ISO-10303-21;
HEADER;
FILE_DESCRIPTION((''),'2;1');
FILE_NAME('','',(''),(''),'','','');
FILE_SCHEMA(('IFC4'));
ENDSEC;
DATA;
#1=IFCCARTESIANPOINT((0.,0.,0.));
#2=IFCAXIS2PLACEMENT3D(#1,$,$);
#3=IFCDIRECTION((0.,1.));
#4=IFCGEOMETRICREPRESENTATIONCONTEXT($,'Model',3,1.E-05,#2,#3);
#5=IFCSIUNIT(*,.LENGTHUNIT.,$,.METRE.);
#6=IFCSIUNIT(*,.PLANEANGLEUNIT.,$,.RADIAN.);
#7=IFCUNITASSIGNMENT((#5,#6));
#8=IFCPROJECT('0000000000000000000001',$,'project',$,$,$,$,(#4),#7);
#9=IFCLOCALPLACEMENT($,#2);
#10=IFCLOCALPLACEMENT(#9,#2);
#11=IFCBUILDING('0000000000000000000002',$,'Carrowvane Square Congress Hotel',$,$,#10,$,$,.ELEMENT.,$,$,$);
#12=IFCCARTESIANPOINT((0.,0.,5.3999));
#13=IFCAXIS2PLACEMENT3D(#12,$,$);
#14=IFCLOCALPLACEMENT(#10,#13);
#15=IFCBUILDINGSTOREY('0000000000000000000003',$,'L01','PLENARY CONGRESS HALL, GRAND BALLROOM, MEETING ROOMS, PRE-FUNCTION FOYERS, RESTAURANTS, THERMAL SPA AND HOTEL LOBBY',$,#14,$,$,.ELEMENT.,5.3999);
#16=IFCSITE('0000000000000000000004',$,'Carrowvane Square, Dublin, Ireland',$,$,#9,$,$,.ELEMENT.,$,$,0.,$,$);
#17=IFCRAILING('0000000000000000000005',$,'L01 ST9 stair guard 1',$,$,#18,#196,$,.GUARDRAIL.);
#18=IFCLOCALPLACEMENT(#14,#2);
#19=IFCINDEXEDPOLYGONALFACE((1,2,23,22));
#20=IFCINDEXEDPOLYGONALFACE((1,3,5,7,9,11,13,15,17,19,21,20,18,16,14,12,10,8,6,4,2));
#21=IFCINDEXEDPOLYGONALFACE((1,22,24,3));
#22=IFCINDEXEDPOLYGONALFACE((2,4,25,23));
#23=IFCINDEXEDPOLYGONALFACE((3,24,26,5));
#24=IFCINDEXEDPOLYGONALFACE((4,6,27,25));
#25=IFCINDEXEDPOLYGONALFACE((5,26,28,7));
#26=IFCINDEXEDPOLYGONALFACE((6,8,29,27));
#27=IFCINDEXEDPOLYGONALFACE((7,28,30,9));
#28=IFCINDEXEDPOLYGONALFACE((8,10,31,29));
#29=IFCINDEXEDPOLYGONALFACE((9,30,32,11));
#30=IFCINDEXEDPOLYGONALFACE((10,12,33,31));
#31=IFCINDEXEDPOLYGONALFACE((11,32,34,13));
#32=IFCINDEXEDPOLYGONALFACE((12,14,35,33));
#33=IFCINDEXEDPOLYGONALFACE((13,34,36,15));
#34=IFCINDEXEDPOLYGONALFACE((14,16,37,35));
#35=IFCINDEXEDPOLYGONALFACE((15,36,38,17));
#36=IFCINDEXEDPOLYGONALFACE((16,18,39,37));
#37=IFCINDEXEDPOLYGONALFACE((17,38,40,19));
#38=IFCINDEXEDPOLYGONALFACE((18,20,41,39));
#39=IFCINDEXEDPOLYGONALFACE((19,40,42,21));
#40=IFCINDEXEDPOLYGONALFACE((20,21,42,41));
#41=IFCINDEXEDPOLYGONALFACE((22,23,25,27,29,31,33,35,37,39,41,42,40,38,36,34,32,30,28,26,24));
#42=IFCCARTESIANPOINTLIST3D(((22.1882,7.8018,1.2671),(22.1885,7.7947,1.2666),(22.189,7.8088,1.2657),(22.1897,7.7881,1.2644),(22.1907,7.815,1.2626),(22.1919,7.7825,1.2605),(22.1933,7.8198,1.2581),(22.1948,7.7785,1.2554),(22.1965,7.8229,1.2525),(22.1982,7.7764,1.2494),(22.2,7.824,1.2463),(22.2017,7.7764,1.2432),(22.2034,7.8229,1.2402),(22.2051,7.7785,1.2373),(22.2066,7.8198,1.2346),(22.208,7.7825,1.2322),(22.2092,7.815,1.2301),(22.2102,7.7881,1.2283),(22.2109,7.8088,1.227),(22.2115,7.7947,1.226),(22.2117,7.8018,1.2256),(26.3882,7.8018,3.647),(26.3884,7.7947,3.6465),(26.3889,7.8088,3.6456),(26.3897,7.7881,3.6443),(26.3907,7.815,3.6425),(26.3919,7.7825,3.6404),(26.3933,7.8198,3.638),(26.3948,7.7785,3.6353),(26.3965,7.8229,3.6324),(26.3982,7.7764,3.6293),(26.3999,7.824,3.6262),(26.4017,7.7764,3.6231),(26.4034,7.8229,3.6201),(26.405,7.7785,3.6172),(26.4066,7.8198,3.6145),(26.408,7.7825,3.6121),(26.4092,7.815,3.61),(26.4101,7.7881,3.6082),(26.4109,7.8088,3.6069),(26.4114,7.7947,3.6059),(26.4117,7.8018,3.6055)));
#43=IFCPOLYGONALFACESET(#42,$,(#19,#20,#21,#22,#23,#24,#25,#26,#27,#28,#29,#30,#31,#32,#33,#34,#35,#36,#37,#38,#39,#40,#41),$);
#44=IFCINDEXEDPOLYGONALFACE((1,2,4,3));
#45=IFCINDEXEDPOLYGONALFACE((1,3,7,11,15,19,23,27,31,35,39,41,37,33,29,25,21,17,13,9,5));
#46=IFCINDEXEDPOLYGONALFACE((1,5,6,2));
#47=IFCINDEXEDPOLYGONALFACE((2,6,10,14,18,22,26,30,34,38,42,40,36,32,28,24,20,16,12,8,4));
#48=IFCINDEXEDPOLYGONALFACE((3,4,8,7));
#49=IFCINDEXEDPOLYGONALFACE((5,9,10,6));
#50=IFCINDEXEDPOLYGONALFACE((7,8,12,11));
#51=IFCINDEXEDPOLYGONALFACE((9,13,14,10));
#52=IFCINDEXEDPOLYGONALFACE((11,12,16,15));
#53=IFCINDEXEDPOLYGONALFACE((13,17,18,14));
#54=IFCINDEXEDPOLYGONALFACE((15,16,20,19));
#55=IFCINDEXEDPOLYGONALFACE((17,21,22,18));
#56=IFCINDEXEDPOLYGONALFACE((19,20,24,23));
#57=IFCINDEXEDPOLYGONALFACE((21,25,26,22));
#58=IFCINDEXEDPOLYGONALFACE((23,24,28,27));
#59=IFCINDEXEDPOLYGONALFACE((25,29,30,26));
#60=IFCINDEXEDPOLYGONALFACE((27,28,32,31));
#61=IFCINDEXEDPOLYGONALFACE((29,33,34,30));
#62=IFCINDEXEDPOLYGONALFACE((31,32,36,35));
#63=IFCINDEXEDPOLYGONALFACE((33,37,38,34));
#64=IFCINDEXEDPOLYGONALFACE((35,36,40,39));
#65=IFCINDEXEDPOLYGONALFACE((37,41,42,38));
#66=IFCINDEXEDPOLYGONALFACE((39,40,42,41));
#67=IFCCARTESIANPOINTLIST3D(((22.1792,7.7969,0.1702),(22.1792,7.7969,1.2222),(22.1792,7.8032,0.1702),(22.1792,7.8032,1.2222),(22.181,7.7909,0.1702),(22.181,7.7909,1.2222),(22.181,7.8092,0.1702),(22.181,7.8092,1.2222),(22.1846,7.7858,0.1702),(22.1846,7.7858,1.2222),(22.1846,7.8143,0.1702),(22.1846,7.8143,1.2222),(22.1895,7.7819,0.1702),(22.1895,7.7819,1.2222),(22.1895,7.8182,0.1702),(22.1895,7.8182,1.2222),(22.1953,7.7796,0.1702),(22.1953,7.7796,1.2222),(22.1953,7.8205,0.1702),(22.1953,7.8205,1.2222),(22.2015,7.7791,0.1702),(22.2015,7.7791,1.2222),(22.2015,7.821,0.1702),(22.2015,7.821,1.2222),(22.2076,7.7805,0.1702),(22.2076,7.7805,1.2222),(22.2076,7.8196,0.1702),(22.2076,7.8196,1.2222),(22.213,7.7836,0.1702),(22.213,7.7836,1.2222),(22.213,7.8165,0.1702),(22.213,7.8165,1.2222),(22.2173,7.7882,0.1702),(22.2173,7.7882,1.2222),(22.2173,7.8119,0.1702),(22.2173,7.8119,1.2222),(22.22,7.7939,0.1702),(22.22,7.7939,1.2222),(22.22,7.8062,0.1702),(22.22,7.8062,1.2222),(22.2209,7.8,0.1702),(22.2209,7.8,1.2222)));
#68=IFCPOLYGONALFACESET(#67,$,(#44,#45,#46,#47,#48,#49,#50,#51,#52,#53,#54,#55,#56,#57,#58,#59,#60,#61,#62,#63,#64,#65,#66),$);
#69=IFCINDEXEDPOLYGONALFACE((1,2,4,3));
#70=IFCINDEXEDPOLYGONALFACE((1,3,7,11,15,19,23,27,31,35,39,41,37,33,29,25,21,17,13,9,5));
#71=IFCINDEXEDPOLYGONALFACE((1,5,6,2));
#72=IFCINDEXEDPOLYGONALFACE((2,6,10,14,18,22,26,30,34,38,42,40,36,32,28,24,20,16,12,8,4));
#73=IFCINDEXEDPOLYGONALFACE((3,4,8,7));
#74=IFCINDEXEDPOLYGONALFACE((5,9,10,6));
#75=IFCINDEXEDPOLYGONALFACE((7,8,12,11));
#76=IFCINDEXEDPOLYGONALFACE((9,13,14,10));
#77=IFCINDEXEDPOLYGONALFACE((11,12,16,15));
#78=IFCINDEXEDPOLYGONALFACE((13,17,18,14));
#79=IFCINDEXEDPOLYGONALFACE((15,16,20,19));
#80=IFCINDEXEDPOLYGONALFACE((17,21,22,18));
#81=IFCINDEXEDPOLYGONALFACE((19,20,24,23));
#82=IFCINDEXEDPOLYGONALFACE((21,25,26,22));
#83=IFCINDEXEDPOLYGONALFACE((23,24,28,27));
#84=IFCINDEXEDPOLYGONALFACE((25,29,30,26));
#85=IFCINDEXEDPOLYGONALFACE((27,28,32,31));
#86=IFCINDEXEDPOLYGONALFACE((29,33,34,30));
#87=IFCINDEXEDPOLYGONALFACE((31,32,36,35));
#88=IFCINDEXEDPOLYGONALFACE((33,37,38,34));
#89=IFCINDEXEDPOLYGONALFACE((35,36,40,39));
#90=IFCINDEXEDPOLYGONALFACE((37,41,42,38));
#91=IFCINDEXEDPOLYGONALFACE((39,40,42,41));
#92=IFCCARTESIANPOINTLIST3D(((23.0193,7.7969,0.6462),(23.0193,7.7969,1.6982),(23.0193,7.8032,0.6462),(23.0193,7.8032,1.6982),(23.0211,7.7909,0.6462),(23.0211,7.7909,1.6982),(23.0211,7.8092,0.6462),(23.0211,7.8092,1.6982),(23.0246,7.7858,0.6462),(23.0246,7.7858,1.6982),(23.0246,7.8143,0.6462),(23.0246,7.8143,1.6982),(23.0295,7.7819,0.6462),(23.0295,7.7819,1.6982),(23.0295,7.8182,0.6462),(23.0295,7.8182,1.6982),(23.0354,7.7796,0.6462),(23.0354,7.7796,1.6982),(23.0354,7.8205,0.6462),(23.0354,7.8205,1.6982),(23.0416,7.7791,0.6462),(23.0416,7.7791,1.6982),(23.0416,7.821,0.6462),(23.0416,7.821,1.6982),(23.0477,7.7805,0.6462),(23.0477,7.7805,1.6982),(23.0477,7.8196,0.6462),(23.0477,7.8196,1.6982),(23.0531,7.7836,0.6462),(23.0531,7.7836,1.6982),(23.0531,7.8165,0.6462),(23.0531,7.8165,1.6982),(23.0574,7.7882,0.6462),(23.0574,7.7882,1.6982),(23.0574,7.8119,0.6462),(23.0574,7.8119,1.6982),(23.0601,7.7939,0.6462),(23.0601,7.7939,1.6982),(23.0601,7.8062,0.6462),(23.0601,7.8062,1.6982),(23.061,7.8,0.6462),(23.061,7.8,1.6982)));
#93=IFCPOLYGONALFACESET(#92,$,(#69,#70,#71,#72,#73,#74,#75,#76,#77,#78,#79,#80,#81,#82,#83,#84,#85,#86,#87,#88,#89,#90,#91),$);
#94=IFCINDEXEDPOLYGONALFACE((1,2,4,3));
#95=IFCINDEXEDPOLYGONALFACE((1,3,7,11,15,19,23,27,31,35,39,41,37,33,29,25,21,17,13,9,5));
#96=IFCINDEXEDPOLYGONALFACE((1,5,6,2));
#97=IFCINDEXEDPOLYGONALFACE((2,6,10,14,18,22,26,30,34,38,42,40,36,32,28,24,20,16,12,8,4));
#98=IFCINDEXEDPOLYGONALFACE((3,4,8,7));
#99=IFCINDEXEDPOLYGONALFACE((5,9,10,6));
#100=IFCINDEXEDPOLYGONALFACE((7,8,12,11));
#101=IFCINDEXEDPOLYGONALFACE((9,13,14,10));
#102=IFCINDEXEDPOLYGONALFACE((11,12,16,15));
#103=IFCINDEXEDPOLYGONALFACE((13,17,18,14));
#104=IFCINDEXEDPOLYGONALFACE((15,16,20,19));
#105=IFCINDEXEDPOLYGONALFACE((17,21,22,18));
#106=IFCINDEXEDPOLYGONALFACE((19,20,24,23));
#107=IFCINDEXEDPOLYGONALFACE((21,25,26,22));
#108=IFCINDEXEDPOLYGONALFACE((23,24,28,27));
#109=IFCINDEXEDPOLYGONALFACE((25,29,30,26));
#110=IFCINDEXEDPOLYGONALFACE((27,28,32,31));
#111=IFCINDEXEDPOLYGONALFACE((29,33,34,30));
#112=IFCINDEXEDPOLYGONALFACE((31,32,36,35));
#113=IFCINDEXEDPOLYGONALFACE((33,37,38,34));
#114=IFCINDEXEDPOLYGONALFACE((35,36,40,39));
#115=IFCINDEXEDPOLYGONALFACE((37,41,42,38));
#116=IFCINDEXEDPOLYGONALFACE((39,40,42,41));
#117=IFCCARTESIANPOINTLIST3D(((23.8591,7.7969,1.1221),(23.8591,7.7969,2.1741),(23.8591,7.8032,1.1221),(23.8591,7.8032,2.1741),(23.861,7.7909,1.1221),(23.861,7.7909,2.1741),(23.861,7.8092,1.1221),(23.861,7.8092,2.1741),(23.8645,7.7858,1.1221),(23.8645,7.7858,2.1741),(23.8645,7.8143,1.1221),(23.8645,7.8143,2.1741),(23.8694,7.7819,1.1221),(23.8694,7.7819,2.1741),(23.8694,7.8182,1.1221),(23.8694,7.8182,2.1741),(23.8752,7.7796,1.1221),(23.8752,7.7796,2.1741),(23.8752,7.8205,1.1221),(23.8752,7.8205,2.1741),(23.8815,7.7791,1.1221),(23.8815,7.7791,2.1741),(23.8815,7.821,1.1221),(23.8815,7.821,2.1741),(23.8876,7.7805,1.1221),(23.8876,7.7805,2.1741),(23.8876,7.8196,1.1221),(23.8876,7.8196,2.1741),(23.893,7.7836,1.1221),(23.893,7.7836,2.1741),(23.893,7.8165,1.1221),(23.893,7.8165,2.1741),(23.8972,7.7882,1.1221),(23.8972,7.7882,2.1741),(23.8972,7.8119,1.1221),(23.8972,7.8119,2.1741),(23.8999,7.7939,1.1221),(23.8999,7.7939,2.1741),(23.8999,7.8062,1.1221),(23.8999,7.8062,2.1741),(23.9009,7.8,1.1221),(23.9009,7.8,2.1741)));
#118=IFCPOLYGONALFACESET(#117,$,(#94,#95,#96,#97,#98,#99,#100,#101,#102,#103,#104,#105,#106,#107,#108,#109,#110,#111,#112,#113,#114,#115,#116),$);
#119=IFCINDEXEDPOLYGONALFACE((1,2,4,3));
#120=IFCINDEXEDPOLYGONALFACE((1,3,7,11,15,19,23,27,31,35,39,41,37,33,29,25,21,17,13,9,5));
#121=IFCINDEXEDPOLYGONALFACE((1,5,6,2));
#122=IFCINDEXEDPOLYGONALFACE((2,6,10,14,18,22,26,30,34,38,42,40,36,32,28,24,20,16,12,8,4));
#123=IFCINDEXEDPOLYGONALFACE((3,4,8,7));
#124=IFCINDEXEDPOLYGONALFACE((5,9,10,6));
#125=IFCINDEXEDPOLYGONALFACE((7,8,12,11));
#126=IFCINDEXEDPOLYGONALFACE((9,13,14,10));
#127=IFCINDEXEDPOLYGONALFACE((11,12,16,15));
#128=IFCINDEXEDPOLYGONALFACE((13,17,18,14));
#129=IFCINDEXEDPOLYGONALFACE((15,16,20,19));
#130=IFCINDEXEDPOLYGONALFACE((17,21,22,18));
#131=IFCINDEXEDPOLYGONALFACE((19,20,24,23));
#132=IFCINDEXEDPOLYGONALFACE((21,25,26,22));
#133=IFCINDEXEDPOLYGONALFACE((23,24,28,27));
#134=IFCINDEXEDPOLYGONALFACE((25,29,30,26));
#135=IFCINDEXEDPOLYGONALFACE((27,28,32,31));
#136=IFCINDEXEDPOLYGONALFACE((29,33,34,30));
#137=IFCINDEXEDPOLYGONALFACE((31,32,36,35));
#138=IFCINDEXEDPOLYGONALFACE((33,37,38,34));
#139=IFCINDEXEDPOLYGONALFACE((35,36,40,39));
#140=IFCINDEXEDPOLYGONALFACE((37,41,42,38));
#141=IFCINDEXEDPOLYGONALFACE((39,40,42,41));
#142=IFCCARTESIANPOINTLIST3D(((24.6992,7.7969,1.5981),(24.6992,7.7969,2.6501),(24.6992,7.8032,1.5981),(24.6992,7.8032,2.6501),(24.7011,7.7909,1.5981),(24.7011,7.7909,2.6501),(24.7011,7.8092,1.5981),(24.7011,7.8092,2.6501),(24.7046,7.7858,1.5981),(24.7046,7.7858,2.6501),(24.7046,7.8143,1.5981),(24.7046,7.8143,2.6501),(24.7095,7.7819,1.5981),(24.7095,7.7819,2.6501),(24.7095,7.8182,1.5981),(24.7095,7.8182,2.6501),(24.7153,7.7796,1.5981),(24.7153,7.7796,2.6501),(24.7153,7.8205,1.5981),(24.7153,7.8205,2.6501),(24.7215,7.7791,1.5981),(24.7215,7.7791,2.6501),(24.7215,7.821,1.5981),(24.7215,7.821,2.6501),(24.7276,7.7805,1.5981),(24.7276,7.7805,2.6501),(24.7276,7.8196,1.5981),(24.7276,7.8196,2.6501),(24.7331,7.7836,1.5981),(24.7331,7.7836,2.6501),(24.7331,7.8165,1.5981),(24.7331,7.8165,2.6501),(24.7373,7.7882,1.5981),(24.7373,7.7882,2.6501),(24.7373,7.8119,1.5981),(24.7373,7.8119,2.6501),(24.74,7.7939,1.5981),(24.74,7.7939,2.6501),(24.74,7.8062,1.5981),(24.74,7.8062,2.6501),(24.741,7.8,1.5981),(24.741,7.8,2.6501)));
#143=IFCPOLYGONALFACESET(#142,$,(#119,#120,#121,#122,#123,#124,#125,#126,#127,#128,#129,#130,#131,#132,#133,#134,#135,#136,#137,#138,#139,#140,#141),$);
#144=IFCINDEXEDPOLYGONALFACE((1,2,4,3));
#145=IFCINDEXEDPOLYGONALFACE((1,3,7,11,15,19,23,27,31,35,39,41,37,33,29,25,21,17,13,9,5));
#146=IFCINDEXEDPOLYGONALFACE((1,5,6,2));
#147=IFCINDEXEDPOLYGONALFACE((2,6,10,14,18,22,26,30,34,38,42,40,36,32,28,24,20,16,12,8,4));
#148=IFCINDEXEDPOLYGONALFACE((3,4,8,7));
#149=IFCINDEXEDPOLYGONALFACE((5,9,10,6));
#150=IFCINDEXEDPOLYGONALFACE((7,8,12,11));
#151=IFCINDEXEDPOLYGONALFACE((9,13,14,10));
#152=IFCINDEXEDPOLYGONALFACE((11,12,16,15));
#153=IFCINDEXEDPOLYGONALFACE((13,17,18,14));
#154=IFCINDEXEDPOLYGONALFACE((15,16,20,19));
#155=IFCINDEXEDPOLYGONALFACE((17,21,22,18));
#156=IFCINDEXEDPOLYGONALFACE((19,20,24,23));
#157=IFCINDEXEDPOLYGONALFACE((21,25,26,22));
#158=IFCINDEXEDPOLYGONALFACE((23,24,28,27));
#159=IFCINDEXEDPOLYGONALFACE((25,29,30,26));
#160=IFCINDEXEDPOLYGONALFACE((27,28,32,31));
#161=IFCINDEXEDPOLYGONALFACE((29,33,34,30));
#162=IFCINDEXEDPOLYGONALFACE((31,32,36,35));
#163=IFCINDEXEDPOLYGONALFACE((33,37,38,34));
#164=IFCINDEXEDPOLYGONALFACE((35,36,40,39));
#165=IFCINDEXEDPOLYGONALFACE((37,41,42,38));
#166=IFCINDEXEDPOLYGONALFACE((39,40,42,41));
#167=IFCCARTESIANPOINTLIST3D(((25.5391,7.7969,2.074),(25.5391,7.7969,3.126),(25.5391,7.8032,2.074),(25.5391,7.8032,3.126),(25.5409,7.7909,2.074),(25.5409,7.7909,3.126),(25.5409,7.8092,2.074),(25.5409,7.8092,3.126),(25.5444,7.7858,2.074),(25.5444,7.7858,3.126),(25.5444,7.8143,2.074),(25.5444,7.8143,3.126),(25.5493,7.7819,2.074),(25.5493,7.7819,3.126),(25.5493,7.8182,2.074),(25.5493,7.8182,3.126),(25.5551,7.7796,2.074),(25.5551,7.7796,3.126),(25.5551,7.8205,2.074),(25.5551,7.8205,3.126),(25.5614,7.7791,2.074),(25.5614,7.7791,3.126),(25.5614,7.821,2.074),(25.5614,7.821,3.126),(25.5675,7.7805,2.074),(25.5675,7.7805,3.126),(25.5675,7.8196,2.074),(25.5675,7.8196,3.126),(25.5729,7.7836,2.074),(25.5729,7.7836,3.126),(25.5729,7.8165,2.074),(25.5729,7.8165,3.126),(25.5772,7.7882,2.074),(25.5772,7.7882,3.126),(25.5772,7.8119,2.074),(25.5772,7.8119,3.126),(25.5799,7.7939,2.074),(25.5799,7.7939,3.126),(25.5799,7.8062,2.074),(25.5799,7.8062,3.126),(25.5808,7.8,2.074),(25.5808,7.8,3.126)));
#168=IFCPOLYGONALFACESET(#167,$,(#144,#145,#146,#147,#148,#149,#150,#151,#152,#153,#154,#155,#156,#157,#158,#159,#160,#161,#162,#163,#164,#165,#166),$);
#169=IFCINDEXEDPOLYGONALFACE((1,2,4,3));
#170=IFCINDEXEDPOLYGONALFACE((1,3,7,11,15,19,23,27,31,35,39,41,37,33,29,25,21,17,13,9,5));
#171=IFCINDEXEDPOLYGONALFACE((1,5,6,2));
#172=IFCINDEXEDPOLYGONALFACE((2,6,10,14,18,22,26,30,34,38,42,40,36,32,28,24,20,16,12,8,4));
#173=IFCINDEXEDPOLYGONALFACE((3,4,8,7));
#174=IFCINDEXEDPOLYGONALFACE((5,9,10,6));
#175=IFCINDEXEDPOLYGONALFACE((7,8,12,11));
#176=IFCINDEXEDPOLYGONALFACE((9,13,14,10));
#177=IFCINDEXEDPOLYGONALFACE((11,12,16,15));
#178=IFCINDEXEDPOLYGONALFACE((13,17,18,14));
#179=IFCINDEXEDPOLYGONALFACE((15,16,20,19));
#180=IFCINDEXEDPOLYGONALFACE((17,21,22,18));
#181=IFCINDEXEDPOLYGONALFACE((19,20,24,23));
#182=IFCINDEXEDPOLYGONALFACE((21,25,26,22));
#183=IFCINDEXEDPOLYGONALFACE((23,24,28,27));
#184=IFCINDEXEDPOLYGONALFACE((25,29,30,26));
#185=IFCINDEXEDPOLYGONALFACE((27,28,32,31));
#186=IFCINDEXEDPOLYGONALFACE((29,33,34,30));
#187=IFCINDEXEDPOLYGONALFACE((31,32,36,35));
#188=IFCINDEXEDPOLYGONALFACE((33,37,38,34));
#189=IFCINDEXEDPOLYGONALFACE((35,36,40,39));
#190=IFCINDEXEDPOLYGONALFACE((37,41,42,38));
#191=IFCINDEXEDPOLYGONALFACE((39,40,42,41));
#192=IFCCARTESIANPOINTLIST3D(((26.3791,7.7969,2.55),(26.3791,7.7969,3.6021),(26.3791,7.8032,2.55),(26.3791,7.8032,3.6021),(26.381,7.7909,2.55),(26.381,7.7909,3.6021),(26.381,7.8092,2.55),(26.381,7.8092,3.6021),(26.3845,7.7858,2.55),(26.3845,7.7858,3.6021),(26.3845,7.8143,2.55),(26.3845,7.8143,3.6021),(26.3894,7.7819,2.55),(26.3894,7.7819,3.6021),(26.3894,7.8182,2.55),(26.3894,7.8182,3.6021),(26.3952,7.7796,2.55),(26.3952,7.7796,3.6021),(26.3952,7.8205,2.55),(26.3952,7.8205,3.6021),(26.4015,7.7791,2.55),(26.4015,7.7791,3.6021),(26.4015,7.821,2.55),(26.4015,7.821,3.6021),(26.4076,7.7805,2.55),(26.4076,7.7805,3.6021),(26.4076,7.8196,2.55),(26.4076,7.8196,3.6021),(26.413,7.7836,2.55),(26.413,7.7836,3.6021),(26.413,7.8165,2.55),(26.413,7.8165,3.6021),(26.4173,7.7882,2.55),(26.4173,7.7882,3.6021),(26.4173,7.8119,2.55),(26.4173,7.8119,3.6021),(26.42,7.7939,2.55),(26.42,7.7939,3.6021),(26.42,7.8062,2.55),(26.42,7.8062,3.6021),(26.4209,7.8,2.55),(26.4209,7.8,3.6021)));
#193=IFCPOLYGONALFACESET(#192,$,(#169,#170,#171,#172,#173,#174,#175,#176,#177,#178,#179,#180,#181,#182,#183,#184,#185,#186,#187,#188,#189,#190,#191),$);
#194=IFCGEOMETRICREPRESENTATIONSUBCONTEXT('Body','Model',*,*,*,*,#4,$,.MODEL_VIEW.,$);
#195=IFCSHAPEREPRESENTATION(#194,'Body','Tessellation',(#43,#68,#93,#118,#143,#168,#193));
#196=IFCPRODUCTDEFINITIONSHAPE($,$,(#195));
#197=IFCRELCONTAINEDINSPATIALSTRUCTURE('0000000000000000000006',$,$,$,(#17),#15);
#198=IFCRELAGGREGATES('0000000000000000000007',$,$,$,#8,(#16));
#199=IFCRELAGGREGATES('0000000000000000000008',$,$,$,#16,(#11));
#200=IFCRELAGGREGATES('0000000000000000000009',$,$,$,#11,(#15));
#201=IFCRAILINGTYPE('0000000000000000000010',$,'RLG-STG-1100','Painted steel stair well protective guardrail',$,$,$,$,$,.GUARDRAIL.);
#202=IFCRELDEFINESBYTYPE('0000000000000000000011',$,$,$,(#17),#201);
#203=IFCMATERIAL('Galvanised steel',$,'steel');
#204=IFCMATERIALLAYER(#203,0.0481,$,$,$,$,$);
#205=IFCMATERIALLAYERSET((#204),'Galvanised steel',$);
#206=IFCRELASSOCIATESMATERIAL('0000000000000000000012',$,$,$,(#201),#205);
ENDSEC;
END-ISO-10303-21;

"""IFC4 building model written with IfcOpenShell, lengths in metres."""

from ifc_helpers import new_model, si_unit, direction, frame, origin, origin_2d, place, context, subcontext, project, spatial, circle, extrude, material, layer, layer_set, type_object, element, save


model = new_model("IFC4")

# Units and contexts
model_context = context("Model", 3, precision=1e-05, world=origin(), true_north=direction((0.0, 1.0)))
body_context = subcontext(model_context, "Body", "Model", "MODEL_VIEW")
ifc_project = project(units=[si_unit("LENGTHUNIT", "METRE"), si_unit("PLANEANGLEUNIT", "RADIAN")], contexts=[model_context])

# Site, building, storey
site_placement = place(None, origin())
site = spatial("IfcSite", under=ifc_project, at=site_placement, Name="Carrowvane Square, Dublin, Ireland", CompositionType="ELEMENT", RefElevation=0.0)
building_placement = place(site_placement, origin())
building = spatial("IfcBuilding", under=site, at=building_placement, Name="Carrowvane Square Congress Hotel", CompositionType="ELEMENT")
storey_placement = place(building_placement, frame((0.0, 0.0, 5.3999)))
storey = spatial("IfcBuildingStorey", under=building, at=storey_placement, Name="L01", Description="PLENARY CONGRESS HALL, GRAND BALLROOM, MEETING ROOMS, PRE-FUNCTION FOYERS, RESTAURANTS, THERMAL SPA AND HOTEL LOBBY", CompositionType="ELEMENT", Elevation=5.3999)

# Railing
ifc_material_1 = material(Name="Galvanised steel", Category="steel")
ifc_layer_1 = layer(ifc_material_1, 0.0481)
ifc_layer_set_1 = layer_set([ifc_layer_1], Name="Galvanised steel")
railing_type_1 = type_object("IfcRailingType", Name="RLG-STG-1100", Description="Painted steel stair well protective guardrail", PredefinedType="GUARDRAIL", material=ifc_layer_set_1)
railing_1_placement = place(storey_placement, frame((22.2, 7.8, 0.1702)))
element("IfcRailing", 1, at=railing_1_placement, inside=storey, type_object=railing_type_1, Name="L01 ST9 stair guard 1", PredefinedType="GUARDRAIL", context=body_context, shape_type="SweptSolid", body=[
    extrude(circle(Radius=0.0239, at=origin_2d()), frame((0.0, 0.0, 1.0762), z_axis=(0.87003, 0.0, 0.492999), x_axis=(0.0, 1.0, 0.0)), (0.0, 0.0, 1.0), 4.8274),
    extrude(circle(Radius=0.021, at=origin_2d()), origin(), (0.0, 0.0, 1.0), 1.052),
    extrude(circle(Radius=0.021, at=origin_2d()), frame((0.8401, 0.0, 0.4761)), (0.0, 0.0, 1.0), 1.052),
    extrude(circle(Radius=0.021, at=origin_2d()), frame((1.6799, 0.0, 0.9519)), (0.0, 0.0, 1.0), 1.052),
    extrude(circle(Radius=0.021, at=origin_2d()), frame((2.52, 0.0, 1.428)), (0.0, 0.0, 1.0), 1.052),
    extrude(circle(Radius=0.021, at=origin_2d()), frame((3.3599, 0.0, 1.9038)), (0.0, 0.0, 1.0), 1.052),
    extrude(circle(Radius=0.021, at=origin_2d()), frame((4.2, 0.0, 2.3799)), (0.0, 0.0, 1.0), 1.052),
])

save(model, "model.ifc")
